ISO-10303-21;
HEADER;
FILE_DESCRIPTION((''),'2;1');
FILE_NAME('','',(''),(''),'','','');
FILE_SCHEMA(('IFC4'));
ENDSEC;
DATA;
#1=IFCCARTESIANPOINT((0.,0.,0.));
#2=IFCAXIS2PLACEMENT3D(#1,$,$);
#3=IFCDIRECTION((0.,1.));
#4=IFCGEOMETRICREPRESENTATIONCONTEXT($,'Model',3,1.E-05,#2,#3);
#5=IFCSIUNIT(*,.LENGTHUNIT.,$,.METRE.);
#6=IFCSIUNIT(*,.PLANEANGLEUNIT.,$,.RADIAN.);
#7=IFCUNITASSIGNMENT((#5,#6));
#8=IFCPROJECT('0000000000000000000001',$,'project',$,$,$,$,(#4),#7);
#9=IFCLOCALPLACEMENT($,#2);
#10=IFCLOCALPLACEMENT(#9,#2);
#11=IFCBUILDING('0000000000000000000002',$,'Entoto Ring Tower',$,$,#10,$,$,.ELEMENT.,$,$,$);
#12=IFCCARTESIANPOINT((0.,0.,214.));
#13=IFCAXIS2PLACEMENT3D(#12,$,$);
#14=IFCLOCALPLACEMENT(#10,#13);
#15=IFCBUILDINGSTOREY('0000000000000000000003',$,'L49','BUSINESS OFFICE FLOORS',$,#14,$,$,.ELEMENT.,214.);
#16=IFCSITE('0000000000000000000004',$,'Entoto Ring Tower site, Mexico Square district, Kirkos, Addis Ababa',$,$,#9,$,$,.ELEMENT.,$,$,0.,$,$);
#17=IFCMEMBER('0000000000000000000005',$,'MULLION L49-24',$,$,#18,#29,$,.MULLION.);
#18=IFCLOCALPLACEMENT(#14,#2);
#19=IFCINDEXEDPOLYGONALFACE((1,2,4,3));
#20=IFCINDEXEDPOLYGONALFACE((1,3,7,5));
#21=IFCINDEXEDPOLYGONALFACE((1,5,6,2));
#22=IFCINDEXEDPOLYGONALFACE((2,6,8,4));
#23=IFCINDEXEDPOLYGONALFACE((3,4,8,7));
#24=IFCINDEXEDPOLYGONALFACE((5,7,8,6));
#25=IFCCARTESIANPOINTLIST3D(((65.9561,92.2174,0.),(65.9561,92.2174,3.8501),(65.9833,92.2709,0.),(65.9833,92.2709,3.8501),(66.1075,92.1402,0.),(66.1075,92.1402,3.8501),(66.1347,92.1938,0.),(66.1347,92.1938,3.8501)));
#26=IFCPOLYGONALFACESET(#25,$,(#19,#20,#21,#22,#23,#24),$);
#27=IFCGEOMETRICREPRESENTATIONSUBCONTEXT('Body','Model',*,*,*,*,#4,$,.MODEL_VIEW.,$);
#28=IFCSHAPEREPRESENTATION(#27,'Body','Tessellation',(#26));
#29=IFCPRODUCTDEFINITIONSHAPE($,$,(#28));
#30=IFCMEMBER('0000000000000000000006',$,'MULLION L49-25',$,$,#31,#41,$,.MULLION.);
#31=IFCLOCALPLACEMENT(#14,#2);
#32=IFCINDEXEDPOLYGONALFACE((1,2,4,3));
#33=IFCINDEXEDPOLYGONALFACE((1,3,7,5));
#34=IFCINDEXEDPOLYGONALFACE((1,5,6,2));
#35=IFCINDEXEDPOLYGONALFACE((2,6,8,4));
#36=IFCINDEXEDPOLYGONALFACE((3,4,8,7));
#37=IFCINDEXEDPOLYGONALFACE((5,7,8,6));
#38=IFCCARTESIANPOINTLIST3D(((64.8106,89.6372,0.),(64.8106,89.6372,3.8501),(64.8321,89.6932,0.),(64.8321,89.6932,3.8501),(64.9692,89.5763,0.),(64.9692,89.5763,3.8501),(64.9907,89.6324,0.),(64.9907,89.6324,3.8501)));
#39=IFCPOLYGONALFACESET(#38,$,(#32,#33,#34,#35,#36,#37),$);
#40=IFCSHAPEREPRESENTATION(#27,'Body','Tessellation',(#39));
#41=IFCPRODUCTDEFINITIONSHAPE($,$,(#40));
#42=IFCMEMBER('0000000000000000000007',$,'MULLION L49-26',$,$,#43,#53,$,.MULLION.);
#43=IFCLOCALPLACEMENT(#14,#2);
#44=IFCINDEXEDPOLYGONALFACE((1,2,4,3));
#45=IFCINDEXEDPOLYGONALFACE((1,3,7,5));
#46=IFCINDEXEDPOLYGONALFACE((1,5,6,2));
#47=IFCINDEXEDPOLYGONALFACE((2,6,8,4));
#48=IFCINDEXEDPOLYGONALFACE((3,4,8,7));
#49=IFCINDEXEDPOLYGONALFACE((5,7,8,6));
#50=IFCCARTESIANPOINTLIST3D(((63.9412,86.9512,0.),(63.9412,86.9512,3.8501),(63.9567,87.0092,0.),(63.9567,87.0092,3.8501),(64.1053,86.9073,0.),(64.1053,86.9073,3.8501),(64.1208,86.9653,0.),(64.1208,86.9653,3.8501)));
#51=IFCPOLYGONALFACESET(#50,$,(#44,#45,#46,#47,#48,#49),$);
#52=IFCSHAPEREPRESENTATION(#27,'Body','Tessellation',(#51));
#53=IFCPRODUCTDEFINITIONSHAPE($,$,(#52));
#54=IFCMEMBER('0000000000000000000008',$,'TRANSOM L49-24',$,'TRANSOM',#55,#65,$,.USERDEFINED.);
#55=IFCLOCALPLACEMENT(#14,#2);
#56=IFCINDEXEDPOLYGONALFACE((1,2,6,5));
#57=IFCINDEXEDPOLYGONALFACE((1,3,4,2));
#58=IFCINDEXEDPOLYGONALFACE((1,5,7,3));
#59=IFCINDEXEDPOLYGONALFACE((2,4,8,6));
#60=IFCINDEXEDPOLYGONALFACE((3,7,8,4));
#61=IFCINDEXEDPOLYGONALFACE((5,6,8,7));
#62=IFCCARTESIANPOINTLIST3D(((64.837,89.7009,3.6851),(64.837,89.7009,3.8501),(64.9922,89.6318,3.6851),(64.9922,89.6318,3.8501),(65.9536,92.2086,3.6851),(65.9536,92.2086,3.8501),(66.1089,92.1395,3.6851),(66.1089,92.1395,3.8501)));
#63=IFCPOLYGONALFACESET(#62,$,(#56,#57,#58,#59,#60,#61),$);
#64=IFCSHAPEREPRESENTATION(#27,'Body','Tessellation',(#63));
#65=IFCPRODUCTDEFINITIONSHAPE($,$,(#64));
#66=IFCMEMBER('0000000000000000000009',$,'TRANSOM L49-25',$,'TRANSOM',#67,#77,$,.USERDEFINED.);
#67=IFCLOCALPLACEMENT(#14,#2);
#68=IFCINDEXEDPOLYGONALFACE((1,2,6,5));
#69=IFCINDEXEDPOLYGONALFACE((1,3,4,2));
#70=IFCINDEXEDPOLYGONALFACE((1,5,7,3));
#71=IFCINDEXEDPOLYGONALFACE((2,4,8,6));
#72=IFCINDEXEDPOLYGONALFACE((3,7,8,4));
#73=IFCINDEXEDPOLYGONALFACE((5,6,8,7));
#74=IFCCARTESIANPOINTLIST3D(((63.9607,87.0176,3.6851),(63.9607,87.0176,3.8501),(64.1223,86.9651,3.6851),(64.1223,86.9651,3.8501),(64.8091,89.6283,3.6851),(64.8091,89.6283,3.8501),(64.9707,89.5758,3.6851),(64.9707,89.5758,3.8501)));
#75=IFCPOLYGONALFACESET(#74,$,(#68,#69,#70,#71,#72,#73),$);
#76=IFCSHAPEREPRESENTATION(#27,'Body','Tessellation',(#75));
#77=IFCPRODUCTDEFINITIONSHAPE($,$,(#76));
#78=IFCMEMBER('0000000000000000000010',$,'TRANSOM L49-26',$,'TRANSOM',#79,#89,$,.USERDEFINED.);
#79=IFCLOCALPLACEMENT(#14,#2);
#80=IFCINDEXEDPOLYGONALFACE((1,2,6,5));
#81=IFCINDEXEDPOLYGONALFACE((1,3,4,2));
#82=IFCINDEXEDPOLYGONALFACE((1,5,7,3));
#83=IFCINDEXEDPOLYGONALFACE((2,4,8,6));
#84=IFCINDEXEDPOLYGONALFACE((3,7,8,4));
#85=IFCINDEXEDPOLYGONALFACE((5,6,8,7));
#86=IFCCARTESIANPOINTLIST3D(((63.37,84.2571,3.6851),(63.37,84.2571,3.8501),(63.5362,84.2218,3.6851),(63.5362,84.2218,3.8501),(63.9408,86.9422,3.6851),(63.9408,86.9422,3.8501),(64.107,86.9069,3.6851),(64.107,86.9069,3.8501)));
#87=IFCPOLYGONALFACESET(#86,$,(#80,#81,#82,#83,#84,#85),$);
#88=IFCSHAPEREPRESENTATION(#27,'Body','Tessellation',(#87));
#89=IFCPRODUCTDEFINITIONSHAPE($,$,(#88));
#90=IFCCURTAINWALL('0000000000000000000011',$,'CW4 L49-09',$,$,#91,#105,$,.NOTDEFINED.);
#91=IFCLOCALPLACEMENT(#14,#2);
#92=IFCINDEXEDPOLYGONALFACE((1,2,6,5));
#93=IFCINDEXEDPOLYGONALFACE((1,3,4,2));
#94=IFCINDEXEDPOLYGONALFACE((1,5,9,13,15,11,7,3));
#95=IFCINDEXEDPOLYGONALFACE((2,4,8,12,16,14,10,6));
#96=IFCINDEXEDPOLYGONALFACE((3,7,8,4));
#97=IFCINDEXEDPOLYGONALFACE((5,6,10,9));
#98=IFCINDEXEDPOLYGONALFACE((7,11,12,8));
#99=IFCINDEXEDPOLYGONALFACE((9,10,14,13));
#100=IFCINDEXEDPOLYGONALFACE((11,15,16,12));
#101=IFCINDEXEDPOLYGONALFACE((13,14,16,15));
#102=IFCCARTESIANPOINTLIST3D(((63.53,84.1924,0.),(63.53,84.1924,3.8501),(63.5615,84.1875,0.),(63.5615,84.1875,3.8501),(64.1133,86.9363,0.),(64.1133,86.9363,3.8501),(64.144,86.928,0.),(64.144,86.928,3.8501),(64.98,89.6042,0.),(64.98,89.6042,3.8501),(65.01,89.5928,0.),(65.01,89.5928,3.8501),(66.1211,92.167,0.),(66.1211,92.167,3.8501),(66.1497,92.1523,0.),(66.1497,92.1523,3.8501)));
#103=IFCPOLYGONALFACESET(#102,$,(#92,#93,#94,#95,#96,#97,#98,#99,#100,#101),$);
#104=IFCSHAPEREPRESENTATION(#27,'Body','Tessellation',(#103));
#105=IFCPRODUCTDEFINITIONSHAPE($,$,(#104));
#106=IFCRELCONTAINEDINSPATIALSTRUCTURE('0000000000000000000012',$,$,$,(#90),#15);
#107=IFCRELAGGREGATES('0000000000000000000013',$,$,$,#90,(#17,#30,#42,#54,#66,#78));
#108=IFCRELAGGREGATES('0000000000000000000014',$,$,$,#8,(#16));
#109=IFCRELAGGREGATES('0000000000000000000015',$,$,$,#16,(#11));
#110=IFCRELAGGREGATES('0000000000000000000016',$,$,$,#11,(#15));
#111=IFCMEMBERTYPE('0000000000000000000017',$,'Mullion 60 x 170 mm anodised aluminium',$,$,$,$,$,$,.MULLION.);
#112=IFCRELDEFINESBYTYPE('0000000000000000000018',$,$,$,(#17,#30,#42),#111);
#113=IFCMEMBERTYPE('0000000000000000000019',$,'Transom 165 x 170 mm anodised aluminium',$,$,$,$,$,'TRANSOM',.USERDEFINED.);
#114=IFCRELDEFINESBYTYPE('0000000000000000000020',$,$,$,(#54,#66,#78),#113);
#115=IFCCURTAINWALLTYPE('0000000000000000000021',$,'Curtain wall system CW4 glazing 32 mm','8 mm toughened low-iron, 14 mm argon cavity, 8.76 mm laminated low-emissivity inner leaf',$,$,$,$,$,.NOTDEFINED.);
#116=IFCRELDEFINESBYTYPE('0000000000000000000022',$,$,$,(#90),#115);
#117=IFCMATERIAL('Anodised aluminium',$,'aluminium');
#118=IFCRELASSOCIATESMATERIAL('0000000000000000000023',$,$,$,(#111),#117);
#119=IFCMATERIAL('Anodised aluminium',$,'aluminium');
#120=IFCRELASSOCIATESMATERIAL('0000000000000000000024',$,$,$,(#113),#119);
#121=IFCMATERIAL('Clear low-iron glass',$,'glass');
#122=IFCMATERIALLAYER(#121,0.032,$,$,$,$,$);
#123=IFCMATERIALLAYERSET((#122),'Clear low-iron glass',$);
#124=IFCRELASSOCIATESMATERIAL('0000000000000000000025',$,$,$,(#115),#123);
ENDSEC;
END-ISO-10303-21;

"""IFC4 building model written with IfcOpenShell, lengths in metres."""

from ifc_helpers import new_model, si_unit, direction, frame, origin, origin_2d, place, context, subcontext, project, spatial, polyline, rectangle, outline, extrude, material, layer, layer_set, material_profile, profile_set, type_object, element, aggregate, save


model = new_model("IFC4")

# Units and contexts
model_context = context("Model", 3, precision=1e-05, world=origin(), true_north=direction((0.0, 1.0)))
body_context = subcontext(model_context, "Body", "Model", "MODEL_VIEW")
ifc_project = project(units=[si_unit("LENGTHUNIT", "METRE"), si_unit("PLANEANGLEUNIT", "RADIAN")], contexts=[model_context])

# Members
ifc_material_1 = material(Name="Anodised aluminium", Category="aluminium")
ifc_material_profile_1 = material_profile(ifc_material_1, rectangle(XDim=0.0601, YDim=0.1699, at=origin_2d()), Name="Mullion 60 x 170 mm anodised aluminium")
ifc_profile_set_1 = profile_set([ifc_material_profile_1], Name="Anodised aluminium")
member_type_1 = type_object("IfcMemberType", Name="Mullion 60 x 170 mm anodised aluminium", PredefinedType="MULLION", material=ifc_profile_set_1)
site_placement = place(None, origin())
building_placement = place(site_placement, origin())
storey_placement = place(building_placement, frame((0.0, 0.0, 214.0)))
member_1_placement = place(storey_placement, frame((66.0454, 92.2056, 0.0), z_axis=(0.0, 0.0, 1.0), x_axis=(-0.45399, -0.891007, 0.0)))
member_1 = element("IfcMember", 1, at=member_1_placement, type_object=member_type_1, Name="MULLION L49-24", PredefinedType="MULLION", context=body_context, shape_type="SweptSolid", body=[
    extrude(rectangle(XDim=0.0601, YDim=0.1699, at=origin_2d()), origin(), (0.0, 0.0, 1.0), 3.8501),
])
member_2_placement = place(storey_placement, frame((64.9006, 89.6348, 0.0), z_axis=(0.0, 0.0, 1.0), x_axis=(-0.358368, -0.93358, 0.0)))
member_2 = element("IfcMember", 2, at=member_2_placement, type_object=member_type_1, Name="MULLION L49-25", PredefinedType="MULLION", context=body_context, shape_type="SweptSolid", body=[
    extrude(rectangle(XDim=0.0601, YDim=0.1699, at=origin_2d()), origin(), (0.0, 0.0, 1.0), 3.8501),
])
member_3_placement = place(storey_placement, frame((64.031, 86.9583, 0.0), z_axis=(0.0, 0.0, 1.0), x_axis=(-0.258819, -0.965926, 0.0)))
member_3 = element("IfcMember", 3, at=member_3_placement, type_object=member_type_1, Name="MULLION L49-26", PredefinedType="MULLION", context=body_context, shape_type="SweptSolid", body=[
    extrude(rectangle(XDim=0.0601, YDim=0.1699, at=origin_2d()), origin(), (0.0, 0.0, 1.0), 3.8501),
])
ifc_material_2 = material(Name="Anodised aluminium", Category="aluminium")
ifc_material_profile_2 = material_profile(ifc_material_2, rectangle(XDim=0.1699, YDim=0.165, at=origin_2d()), Name="Transom 165 x 170 mm anodised aluminium")
ifc_profile_set_2 = profile_set([ifc_material_profile_2], Name="Anodised aluminium")
member_type_2 = type_object("IfcMemberType", Name="Transom 165 x 170 mm anodised aluminium", ElementType="TRANSOM", PredefinedType="USERDEFINED", material=ifc_profile_set_2)
member_4_placement = place(storey_placement, frame((66.0312, 92.1741, 3.7676), z_axis=(-0.406782, -0.913525, 0.0), x_axis=(0.913525, -0.406782, 0.0)))
member_4 = element("IfcMember", 4, at=member_4_placement, type_object=member_type_2, Name="TRANSOM L49-24", ObjectType="TRANSOM", PredefinedType="USERDEFINED", context=body_context, shape_type="SweptSolid", body=[
    extrude(rectangle(XDim=0.1699, YDim=0.165, at=origin_2d()), origin(), (0.0, 0.0, 1.0), 2.7451),
])
member_5_placement = place(storey_placement, frame((64.8899, 89.6021, 3.7676), z_axis=(-0.309042, -0.951048, 0.0), x_axis=(0.951048, -0.309042, 0.0)))
member_5 = element("IfcMember", 5, at=member_5_placement, type_object=member_type_2, Name="TRANSOM L49-25", ObjectType="TRANSOM", PredefinedType="USERDEFINED", context=body_context, shape_type="SweptSolid", body=[
    extrude(rectangle(XDim=0.1699, YDim=0.165, at=origin_2d()), origin(), (0.0, 0.0, 1.0), 2.7451),
])
member_6_placement = place(storey_placement, frame((64.0239, 86.9246, 3.7676), z_axis=(-0.207937, -0.978142, 0.0), x_axis=(0.978142, -0.207937, 0.0)))
member_6 = element("IfcMember", 6, at=member_6_placement, type_object=member_type_2, Name="TRANSOM L49-26", ObjectType="TRANSOM", PredefinedType="USERDEFINED", context=body_context, shape_type="SweptSolid", body=[
    extrude(rectangle(XDim=0.1699, YDim=0.165, at=origin_2d()), origin(), (0.0, 0.0, 1.0), 2.7451),
])

# Site, building, storey
site = spatial("IfcSite", under=ifc_project, at=site_placement, Name="Entoto Ring Tower site, Mexico Square district, Kirkos, Addis Ababa", CompositionType="ELEMENT", RefElevation=0.0)
building = spatial("IfcBuilding", under=site, at=building_placement, Name="Entoto Ring Tower", CompositionType="ELEMENT")
storey = spatial("IfcBuildingStorey", under=building, at=storey_placement, Name="L49", Description="BUSINESS OFFICE FLOORS", CompositionType="ELEMENT", Elevation=214.0)

# Curtain wall
ifc_material_3 = material(Name="Clear low-iron glass", Category="glass")
ifc_layer = layer(ifc_material_3, 0.032)
ifc_layer_set = layer_set([ifc_layer], Name="Clear low-iron glass")
curtain_wall_type = type_object("IfcCurtainWallType", Name="Curtain wall system CW4 glazing 32 mm", Description="8 mm toughened low-iron, 14 mm argon cavity, 8.76 mm laminated low-emissivity inner leaf", PredefinedType="NOTDEFINED", material=ifc_layer_set)
curtain_wall_1_placement = place(storey_placement, origin())
curtain_wall_1 = element("IfcCurtainWall", 7, at=curtain_wall_1_placement, inside=storey, type_object=curtain_wall_type, Name="CW4 L49-09", PredefinedType="NOTDEFINED", context=body_context, shape_type="SweptSolid", body=[
    extrude(outline(polyline([(66.1211, 92.167), (64.98, 89.6042), (64.1133, 86.9363), (63.53, 84.1924), (63.5615, 84.1875), (64.144, 86.928), (65.01, 89.5928), (66.1497, 92.1523), (66.1211, 92.167)])), origin(), (0.0, 0.0, 1.0), 3.8501),
])
aggregate(curtain_wall_1, [member_1, member_2, member_3, member_4, member_5, member_6])

save(model, "model.ifc")
